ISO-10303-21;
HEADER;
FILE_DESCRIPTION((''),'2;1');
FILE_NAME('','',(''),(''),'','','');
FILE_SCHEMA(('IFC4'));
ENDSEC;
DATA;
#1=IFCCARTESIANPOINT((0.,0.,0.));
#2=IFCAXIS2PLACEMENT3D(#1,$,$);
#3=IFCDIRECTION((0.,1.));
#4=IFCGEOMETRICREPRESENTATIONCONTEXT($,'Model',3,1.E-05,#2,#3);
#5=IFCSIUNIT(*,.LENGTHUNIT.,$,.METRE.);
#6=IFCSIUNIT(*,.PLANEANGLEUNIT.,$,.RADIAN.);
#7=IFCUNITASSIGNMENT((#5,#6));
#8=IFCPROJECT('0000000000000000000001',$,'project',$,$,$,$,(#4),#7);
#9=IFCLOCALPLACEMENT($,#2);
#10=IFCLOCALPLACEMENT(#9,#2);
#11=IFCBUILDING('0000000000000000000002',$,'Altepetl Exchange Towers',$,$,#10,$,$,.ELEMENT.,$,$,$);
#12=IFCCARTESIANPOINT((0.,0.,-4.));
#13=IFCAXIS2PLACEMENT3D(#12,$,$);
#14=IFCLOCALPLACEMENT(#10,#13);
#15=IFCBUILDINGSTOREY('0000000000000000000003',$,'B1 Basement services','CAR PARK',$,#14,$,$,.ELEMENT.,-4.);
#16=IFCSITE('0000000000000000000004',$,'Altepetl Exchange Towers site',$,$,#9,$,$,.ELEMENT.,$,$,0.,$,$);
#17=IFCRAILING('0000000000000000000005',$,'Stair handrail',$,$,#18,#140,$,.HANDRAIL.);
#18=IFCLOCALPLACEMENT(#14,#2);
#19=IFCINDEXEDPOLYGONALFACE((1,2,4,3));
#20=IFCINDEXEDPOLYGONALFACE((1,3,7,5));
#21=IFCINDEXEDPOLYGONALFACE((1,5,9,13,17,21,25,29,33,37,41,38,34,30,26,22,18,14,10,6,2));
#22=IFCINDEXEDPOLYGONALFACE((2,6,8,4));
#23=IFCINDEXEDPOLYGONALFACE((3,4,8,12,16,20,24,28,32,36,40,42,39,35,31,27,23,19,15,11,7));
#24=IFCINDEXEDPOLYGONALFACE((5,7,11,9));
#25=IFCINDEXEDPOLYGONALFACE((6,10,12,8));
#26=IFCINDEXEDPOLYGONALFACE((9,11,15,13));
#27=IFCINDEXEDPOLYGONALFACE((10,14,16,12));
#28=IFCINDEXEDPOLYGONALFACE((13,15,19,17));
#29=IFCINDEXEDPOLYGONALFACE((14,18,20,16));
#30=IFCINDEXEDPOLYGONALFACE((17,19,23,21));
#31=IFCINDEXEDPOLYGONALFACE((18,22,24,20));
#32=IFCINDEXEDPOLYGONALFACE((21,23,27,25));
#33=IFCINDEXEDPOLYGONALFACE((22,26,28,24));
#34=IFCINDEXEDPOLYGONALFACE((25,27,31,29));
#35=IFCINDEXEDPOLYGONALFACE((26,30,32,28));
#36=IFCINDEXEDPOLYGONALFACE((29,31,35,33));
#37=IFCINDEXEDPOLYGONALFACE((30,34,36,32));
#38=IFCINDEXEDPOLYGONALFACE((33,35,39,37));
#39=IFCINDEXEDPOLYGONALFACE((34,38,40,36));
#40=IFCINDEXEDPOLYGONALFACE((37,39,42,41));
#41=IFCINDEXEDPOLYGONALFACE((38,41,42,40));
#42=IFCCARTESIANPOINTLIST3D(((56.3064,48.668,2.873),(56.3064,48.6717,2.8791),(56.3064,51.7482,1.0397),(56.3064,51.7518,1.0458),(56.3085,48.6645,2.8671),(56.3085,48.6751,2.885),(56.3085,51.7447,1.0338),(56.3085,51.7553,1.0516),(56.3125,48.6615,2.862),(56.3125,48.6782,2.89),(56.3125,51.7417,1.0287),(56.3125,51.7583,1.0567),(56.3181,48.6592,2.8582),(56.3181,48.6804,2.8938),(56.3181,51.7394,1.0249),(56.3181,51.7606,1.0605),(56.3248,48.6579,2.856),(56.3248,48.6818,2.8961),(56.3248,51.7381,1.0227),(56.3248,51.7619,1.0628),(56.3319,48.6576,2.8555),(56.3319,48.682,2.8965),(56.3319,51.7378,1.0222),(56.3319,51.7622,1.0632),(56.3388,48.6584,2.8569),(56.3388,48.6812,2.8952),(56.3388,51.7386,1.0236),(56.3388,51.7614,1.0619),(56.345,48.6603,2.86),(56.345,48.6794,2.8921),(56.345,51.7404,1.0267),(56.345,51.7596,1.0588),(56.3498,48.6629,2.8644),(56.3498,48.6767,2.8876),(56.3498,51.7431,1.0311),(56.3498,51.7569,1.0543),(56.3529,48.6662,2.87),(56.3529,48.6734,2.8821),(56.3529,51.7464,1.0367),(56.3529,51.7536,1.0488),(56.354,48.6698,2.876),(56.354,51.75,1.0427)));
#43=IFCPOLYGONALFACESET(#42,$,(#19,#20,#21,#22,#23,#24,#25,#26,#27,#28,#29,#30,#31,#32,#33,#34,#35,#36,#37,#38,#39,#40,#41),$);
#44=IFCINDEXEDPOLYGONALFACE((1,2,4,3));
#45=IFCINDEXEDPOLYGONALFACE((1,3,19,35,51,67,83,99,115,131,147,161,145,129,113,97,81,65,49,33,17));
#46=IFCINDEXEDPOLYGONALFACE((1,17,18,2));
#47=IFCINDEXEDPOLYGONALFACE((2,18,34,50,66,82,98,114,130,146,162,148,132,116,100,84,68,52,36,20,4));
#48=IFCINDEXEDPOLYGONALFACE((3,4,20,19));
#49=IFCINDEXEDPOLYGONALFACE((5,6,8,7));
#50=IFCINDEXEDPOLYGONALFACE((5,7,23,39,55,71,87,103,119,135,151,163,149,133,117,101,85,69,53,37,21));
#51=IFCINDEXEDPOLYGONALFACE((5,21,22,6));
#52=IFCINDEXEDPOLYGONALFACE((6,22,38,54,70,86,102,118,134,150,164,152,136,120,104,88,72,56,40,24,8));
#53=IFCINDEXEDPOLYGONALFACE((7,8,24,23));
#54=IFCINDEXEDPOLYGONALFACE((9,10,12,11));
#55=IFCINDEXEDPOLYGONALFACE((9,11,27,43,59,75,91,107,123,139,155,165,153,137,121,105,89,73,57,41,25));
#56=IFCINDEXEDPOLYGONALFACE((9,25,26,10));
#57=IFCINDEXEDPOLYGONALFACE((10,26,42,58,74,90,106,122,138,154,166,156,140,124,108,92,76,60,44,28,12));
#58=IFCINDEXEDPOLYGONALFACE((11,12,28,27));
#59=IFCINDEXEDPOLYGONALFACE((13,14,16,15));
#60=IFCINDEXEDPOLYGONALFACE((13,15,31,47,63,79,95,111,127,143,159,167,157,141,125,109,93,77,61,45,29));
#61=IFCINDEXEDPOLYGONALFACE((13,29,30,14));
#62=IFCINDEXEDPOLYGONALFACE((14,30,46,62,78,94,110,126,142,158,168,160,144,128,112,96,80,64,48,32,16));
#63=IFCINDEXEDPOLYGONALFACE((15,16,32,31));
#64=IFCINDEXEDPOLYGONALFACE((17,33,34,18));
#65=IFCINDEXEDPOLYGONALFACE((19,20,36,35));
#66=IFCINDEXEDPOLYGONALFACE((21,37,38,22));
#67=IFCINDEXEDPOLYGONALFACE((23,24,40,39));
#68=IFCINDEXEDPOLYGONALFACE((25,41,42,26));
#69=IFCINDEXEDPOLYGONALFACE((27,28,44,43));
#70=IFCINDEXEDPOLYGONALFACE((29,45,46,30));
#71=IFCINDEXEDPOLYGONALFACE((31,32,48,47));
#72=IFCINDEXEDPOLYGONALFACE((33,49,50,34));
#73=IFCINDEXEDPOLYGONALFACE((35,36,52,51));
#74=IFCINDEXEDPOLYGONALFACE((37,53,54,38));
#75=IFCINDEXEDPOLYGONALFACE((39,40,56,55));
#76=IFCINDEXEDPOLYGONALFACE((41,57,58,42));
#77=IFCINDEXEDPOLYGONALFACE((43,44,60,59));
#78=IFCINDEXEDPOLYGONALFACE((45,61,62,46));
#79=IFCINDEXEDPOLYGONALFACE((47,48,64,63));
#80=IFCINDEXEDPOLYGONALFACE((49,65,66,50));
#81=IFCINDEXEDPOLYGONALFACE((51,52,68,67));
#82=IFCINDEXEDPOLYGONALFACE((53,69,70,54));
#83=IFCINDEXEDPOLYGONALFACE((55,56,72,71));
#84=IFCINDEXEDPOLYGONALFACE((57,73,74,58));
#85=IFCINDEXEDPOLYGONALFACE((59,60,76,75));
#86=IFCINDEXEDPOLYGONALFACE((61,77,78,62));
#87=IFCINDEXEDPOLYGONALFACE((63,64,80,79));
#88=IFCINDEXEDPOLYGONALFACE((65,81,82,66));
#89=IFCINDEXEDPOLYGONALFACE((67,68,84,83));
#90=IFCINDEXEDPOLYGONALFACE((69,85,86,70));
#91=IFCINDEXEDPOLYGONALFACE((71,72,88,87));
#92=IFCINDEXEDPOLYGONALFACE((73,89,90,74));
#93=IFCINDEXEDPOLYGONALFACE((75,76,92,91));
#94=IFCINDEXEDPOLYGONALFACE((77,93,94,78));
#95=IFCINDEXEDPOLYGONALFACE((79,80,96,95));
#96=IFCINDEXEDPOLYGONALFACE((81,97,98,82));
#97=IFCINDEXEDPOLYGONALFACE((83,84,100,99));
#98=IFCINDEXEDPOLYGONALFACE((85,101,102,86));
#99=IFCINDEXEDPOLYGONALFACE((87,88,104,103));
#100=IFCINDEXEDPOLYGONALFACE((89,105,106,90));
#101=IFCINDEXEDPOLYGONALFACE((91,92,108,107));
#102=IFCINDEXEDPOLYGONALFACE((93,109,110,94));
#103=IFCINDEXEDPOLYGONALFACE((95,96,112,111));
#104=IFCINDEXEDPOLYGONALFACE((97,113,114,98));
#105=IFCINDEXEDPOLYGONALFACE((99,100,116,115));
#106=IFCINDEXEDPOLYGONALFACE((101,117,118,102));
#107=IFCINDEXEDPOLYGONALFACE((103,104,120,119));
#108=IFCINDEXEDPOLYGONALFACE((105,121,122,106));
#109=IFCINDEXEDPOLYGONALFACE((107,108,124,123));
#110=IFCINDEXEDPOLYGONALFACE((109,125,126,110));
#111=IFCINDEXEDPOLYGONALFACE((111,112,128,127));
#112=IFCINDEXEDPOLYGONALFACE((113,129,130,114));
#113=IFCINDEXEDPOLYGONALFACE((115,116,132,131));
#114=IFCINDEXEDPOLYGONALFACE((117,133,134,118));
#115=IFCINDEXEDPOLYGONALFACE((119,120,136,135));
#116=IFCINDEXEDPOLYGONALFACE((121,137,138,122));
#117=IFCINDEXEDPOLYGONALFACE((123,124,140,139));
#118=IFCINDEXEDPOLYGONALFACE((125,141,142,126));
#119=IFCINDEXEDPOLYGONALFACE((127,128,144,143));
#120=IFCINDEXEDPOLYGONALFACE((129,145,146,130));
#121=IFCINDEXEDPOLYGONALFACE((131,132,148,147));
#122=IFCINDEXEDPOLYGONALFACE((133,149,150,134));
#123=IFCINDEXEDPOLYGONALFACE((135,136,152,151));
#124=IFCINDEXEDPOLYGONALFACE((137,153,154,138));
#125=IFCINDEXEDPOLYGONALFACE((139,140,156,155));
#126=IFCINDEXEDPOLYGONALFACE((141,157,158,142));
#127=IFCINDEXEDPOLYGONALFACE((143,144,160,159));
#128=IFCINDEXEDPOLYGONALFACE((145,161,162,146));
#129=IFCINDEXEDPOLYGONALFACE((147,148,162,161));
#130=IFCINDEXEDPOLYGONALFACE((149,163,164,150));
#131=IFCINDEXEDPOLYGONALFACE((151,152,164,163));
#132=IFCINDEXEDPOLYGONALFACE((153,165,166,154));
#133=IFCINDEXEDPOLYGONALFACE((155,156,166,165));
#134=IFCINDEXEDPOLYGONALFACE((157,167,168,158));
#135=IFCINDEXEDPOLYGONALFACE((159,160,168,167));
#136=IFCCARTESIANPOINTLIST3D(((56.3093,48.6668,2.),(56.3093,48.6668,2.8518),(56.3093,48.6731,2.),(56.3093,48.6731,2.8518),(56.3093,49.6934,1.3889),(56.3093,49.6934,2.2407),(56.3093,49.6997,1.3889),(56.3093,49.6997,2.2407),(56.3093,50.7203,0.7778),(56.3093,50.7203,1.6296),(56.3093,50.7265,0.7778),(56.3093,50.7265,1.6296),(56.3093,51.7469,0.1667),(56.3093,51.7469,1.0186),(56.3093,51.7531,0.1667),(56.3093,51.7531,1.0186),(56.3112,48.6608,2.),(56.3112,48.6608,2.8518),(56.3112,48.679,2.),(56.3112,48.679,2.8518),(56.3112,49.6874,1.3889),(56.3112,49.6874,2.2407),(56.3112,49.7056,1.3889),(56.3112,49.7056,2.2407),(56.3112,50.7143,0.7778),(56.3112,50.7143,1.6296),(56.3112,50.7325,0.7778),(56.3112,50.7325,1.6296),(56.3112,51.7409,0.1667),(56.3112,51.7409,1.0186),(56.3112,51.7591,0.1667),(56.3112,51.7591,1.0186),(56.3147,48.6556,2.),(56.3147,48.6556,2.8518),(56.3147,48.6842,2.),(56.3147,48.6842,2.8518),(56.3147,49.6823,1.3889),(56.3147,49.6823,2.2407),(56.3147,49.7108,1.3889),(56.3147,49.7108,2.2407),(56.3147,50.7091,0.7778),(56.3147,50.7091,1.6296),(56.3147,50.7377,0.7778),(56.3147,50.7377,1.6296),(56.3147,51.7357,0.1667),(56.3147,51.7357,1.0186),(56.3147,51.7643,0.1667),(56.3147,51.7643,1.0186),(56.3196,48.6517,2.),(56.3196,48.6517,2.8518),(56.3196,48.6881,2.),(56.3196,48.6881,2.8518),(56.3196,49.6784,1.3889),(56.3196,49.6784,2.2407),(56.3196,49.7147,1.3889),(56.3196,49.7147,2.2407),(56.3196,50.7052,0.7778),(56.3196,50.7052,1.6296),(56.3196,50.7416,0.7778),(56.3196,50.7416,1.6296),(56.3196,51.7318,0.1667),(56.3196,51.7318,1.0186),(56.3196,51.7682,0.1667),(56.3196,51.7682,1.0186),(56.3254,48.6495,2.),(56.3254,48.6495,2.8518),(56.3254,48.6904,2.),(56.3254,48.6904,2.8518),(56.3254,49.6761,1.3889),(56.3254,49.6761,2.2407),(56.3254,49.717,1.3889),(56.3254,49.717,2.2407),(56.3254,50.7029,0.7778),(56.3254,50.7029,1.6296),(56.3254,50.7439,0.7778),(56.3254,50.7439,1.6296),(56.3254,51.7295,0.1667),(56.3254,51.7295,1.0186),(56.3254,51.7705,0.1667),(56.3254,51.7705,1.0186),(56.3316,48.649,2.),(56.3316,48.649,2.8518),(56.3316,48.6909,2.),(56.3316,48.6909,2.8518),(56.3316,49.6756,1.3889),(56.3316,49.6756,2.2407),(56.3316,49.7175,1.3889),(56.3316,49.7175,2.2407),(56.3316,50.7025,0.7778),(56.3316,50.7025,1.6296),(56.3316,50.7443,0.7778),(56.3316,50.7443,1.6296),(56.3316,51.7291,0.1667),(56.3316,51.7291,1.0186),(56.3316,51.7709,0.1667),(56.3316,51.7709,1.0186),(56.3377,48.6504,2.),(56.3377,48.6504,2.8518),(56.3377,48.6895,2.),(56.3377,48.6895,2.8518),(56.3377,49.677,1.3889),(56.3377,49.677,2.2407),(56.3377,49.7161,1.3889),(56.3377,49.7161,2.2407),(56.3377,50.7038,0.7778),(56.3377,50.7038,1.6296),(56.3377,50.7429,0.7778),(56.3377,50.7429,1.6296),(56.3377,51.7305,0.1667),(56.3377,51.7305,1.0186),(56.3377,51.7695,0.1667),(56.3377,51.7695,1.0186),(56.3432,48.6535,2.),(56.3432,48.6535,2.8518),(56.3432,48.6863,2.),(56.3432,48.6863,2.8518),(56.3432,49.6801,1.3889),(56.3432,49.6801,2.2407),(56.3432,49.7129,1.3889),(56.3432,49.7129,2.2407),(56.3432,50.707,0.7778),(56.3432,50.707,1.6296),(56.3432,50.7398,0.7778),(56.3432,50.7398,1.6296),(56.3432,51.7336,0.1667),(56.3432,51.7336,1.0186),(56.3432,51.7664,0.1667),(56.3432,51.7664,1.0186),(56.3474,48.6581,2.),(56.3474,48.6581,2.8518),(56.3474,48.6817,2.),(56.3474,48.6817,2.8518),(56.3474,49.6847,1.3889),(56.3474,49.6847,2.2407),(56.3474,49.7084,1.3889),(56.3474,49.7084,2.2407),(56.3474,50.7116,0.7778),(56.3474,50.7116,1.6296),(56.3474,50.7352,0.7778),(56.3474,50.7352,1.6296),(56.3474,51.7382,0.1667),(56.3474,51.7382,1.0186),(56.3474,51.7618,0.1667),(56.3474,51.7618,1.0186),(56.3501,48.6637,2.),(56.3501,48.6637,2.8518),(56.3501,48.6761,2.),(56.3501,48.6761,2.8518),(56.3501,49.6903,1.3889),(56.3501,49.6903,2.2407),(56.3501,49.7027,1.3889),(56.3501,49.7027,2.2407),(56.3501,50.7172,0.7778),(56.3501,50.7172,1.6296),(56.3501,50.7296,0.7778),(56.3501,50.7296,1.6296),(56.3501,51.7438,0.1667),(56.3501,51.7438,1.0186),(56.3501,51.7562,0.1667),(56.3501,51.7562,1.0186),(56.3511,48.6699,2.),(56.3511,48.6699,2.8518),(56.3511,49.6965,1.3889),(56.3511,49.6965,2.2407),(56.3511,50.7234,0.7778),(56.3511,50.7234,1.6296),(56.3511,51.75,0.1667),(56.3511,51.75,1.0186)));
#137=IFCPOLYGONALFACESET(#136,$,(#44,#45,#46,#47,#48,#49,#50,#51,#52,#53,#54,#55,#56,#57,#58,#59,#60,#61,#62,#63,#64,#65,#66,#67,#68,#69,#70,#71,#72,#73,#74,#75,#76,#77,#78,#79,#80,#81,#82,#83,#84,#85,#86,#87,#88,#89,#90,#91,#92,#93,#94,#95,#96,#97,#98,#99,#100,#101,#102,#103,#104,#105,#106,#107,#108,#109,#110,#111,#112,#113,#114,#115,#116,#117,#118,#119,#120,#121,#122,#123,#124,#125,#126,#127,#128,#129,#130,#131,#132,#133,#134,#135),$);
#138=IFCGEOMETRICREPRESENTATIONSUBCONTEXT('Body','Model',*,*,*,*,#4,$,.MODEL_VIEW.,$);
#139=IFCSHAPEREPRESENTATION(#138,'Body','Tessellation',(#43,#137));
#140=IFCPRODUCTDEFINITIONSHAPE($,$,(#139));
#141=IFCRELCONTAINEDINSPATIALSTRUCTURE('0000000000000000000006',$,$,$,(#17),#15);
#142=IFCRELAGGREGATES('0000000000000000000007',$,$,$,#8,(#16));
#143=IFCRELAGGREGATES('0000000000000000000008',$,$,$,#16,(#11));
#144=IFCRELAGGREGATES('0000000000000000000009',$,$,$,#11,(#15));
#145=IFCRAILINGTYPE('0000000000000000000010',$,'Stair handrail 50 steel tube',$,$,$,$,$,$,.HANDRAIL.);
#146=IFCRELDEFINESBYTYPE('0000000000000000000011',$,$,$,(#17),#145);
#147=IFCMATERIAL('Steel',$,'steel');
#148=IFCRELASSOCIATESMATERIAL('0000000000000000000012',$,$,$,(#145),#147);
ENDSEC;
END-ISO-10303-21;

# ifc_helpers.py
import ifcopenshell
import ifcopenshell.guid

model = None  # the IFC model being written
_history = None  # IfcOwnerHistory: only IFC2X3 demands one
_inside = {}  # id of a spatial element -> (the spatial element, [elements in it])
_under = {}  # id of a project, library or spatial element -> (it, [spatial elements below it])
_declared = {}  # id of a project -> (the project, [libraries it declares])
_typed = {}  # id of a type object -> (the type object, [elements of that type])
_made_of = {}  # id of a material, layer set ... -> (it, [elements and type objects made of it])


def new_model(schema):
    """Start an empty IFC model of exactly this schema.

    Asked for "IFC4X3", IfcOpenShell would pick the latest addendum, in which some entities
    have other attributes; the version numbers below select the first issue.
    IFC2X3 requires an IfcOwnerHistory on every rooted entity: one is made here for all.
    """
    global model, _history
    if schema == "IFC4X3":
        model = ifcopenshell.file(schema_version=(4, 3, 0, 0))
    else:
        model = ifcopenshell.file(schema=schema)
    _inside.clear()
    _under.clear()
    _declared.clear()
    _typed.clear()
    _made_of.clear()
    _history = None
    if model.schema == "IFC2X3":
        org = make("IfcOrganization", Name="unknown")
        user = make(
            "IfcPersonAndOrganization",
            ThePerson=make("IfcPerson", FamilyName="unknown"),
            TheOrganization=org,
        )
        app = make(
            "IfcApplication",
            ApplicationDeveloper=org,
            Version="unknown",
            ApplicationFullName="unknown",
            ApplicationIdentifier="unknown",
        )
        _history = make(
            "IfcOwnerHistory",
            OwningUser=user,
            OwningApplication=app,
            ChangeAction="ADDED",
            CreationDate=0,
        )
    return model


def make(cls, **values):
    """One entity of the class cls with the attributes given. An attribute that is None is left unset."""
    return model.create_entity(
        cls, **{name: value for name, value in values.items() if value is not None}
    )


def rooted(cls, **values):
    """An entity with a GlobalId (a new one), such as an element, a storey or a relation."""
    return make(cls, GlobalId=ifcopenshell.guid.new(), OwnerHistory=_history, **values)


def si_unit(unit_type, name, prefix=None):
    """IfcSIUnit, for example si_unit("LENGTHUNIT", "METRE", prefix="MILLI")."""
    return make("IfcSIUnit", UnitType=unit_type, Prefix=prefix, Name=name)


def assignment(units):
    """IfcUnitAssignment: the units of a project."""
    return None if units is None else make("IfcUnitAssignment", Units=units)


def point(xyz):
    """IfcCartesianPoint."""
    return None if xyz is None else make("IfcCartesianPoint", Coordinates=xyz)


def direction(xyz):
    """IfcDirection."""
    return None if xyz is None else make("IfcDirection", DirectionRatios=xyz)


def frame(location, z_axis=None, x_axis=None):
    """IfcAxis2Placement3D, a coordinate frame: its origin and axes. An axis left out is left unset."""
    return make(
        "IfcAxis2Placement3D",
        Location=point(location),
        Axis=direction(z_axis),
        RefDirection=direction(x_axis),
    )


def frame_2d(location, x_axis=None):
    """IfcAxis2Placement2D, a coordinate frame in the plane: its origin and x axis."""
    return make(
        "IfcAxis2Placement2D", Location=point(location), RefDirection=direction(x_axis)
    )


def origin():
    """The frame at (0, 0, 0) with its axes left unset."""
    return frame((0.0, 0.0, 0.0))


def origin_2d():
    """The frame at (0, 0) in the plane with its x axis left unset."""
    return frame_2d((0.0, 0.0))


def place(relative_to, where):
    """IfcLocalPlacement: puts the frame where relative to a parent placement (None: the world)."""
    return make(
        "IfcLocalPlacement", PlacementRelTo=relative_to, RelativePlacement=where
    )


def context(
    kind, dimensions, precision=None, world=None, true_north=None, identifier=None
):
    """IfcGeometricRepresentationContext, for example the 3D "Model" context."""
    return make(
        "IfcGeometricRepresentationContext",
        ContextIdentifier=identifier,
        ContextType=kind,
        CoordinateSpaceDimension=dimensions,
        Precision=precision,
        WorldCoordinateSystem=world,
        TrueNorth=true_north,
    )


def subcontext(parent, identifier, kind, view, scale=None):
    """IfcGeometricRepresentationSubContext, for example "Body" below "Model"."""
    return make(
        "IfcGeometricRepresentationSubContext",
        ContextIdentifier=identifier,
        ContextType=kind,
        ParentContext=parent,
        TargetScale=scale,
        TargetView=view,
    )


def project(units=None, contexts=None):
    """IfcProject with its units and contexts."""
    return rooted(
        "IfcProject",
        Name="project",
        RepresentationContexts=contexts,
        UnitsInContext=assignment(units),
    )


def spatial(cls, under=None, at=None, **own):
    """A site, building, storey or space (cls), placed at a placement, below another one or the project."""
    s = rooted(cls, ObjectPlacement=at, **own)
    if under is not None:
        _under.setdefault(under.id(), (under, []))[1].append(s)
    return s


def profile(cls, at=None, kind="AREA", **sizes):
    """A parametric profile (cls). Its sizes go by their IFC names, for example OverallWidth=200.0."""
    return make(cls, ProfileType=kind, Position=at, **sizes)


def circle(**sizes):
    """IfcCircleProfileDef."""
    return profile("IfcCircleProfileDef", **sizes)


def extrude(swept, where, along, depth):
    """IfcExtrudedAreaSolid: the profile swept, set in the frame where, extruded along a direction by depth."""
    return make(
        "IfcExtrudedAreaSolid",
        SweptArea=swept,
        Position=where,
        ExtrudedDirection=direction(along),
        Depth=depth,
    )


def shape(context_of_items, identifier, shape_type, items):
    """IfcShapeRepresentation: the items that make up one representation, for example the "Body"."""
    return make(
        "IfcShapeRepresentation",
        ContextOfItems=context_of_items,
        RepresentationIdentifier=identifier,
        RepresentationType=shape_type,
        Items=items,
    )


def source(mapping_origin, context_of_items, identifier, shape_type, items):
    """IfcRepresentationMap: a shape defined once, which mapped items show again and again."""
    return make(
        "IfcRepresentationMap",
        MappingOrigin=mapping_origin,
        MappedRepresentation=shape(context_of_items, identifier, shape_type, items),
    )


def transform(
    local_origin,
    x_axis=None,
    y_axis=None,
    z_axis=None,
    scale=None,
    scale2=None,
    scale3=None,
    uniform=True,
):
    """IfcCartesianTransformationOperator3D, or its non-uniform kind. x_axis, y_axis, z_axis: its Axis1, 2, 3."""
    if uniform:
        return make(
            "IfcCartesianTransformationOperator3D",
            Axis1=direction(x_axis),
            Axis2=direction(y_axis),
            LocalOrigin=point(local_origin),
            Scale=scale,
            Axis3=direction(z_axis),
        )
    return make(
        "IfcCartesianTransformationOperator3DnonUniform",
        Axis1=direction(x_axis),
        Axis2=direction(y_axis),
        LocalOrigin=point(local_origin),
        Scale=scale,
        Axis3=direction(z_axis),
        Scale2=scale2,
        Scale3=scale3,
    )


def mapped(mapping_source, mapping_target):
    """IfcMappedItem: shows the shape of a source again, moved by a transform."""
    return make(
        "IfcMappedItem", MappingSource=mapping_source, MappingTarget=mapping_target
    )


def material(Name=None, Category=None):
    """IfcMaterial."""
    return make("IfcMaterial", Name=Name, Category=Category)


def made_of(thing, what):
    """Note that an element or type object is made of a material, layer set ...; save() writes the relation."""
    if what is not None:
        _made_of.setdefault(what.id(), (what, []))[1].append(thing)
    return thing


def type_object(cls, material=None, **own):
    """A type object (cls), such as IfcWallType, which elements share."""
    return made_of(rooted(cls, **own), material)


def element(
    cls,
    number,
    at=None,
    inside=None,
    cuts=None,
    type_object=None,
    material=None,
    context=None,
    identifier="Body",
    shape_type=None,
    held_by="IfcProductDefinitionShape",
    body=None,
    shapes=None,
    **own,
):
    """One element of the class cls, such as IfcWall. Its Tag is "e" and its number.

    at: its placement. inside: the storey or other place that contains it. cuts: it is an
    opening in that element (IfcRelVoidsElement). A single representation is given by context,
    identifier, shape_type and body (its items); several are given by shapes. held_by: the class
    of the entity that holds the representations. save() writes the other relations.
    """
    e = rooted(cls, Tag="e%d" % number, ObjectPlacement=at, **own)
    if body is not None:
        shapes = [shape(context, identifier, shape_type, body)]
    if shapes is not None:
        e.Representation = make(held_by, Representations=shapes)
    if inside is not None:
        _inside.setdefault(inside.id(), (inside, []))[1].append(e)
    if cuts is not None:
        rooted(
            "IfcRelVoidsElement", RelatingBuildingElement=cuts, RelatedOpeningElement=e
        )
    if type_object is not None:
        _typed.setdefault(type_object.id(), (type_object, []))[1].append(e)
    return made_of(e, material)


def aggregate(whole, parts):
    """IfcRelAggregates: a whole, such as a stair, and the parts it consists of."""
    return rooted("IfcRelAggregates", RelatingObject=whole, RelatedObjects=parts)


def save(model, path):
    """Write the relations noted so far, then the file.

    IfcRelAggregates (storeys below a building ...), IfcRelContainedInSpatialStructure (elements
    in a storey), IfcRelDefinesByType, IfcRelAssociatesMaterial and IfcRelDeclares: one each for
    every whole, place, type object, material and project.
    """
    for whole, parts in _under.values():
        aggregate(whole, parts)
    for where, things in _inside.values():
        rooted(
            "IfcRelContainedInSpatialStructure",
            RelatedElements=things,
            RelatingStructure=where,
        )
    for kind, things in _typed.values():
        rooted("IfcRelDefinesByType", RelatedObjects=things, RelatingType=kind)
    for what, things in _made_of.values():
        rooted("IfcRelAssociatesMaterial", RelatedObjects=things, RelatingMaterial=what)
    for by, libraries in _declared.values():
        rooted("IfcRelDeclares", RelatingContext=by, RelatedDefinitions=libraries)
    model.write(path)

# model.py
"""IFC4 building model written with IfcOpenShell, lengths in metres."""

from ifc_helpers import new_model, si_unit, direction, frame, origin, origin_2d, place, context, subcontext, project, spatial, circle, extrude, source, transform, mapped, material, type_object, element, save


model = new_model("IFC4")

# Units and contexts
model_context = context("Model", 3, precision=1e-05, world=origin(), true_north=direction((0.0, 1.0)))
body_context = subcontext(model_context, "Body", "Model", "MODEL_VIEW")
ifc_project = project(units=[si_unit("LENGTHUNIT", "METRE"), si_unit("PLANEANGLEUNIT", "RADIAN")], contexts=[model_context])

# Site, building, storey
site_placement = place(None, origin())
site = spatial("IfcSite", under=ifc_project, at=site_placement, Name="Altepetl Exchange Towers site", CompositionType="ELEMENT", RefElevation=0.0)
building_placement = place(site_placement, origin())
building = spatial("IfcBuilding", under=site, at=building_placement, Name="Altepetl Exchange Towers", CompositionType="ELEMENT")
storey_placement = place(building_placement, frame((0.0, 0.0, -4.0)))
storey = spatial("IfcBuildingStorey", under=building, at=storey_placement, Name="B1 Basement services", Description="CAR PARK", CompositionType="ELEMENT", Elevation=-4.0)

# Railing
ifc_material_1 = material(Name="Steel", Category="steel")
railing_type = type_object("IfcRailingType", Name="Stair handrail 50 steel tube", PredefinedType="HANDRAIL", material=ifc_material_1)
shared_shape = source(origin(), body_context, "Body", "SweptSolid", [
    extrude(circle(Radius=0.021, at=origin_2d()), origin(), (0.0, 0.0, 1.0), 0.8518),
])
for number, where, name in (
    (1, (56.3301, 51.75, 0.1667), "Stair handrail"),
):
    element("IfcRailing", number, at=place(storey_placement, frame(where)), inside=storey, type_object=railing_type, Name=name, PredefinedType="HANDRAIL", context=body_context, shape_type="SweptSolid", body=[
        extrude(circle(Radius=0.0239, at=origin_2d()), frame((0.0, 0.0, 0.876), z_axis=(0.0, -0.859309, 0.511458), x_axis=(1.0, 0.0, 0.0)), (0.0, 0.0, 1.0), 3.5845),
        mapped(shared_shape, transform((0.0, 0.0, 0.0))),
        mapped(shared_shape, transform((0.0, -1.0266, 0.6111))),
        mapped(shared_shape, transform((0.0, -2.0535, 1.2222))),
        mapped(shared_shape, transform((0.0, -3.0801, 1.8333))),
    ])

save(model, "model.ifc")
